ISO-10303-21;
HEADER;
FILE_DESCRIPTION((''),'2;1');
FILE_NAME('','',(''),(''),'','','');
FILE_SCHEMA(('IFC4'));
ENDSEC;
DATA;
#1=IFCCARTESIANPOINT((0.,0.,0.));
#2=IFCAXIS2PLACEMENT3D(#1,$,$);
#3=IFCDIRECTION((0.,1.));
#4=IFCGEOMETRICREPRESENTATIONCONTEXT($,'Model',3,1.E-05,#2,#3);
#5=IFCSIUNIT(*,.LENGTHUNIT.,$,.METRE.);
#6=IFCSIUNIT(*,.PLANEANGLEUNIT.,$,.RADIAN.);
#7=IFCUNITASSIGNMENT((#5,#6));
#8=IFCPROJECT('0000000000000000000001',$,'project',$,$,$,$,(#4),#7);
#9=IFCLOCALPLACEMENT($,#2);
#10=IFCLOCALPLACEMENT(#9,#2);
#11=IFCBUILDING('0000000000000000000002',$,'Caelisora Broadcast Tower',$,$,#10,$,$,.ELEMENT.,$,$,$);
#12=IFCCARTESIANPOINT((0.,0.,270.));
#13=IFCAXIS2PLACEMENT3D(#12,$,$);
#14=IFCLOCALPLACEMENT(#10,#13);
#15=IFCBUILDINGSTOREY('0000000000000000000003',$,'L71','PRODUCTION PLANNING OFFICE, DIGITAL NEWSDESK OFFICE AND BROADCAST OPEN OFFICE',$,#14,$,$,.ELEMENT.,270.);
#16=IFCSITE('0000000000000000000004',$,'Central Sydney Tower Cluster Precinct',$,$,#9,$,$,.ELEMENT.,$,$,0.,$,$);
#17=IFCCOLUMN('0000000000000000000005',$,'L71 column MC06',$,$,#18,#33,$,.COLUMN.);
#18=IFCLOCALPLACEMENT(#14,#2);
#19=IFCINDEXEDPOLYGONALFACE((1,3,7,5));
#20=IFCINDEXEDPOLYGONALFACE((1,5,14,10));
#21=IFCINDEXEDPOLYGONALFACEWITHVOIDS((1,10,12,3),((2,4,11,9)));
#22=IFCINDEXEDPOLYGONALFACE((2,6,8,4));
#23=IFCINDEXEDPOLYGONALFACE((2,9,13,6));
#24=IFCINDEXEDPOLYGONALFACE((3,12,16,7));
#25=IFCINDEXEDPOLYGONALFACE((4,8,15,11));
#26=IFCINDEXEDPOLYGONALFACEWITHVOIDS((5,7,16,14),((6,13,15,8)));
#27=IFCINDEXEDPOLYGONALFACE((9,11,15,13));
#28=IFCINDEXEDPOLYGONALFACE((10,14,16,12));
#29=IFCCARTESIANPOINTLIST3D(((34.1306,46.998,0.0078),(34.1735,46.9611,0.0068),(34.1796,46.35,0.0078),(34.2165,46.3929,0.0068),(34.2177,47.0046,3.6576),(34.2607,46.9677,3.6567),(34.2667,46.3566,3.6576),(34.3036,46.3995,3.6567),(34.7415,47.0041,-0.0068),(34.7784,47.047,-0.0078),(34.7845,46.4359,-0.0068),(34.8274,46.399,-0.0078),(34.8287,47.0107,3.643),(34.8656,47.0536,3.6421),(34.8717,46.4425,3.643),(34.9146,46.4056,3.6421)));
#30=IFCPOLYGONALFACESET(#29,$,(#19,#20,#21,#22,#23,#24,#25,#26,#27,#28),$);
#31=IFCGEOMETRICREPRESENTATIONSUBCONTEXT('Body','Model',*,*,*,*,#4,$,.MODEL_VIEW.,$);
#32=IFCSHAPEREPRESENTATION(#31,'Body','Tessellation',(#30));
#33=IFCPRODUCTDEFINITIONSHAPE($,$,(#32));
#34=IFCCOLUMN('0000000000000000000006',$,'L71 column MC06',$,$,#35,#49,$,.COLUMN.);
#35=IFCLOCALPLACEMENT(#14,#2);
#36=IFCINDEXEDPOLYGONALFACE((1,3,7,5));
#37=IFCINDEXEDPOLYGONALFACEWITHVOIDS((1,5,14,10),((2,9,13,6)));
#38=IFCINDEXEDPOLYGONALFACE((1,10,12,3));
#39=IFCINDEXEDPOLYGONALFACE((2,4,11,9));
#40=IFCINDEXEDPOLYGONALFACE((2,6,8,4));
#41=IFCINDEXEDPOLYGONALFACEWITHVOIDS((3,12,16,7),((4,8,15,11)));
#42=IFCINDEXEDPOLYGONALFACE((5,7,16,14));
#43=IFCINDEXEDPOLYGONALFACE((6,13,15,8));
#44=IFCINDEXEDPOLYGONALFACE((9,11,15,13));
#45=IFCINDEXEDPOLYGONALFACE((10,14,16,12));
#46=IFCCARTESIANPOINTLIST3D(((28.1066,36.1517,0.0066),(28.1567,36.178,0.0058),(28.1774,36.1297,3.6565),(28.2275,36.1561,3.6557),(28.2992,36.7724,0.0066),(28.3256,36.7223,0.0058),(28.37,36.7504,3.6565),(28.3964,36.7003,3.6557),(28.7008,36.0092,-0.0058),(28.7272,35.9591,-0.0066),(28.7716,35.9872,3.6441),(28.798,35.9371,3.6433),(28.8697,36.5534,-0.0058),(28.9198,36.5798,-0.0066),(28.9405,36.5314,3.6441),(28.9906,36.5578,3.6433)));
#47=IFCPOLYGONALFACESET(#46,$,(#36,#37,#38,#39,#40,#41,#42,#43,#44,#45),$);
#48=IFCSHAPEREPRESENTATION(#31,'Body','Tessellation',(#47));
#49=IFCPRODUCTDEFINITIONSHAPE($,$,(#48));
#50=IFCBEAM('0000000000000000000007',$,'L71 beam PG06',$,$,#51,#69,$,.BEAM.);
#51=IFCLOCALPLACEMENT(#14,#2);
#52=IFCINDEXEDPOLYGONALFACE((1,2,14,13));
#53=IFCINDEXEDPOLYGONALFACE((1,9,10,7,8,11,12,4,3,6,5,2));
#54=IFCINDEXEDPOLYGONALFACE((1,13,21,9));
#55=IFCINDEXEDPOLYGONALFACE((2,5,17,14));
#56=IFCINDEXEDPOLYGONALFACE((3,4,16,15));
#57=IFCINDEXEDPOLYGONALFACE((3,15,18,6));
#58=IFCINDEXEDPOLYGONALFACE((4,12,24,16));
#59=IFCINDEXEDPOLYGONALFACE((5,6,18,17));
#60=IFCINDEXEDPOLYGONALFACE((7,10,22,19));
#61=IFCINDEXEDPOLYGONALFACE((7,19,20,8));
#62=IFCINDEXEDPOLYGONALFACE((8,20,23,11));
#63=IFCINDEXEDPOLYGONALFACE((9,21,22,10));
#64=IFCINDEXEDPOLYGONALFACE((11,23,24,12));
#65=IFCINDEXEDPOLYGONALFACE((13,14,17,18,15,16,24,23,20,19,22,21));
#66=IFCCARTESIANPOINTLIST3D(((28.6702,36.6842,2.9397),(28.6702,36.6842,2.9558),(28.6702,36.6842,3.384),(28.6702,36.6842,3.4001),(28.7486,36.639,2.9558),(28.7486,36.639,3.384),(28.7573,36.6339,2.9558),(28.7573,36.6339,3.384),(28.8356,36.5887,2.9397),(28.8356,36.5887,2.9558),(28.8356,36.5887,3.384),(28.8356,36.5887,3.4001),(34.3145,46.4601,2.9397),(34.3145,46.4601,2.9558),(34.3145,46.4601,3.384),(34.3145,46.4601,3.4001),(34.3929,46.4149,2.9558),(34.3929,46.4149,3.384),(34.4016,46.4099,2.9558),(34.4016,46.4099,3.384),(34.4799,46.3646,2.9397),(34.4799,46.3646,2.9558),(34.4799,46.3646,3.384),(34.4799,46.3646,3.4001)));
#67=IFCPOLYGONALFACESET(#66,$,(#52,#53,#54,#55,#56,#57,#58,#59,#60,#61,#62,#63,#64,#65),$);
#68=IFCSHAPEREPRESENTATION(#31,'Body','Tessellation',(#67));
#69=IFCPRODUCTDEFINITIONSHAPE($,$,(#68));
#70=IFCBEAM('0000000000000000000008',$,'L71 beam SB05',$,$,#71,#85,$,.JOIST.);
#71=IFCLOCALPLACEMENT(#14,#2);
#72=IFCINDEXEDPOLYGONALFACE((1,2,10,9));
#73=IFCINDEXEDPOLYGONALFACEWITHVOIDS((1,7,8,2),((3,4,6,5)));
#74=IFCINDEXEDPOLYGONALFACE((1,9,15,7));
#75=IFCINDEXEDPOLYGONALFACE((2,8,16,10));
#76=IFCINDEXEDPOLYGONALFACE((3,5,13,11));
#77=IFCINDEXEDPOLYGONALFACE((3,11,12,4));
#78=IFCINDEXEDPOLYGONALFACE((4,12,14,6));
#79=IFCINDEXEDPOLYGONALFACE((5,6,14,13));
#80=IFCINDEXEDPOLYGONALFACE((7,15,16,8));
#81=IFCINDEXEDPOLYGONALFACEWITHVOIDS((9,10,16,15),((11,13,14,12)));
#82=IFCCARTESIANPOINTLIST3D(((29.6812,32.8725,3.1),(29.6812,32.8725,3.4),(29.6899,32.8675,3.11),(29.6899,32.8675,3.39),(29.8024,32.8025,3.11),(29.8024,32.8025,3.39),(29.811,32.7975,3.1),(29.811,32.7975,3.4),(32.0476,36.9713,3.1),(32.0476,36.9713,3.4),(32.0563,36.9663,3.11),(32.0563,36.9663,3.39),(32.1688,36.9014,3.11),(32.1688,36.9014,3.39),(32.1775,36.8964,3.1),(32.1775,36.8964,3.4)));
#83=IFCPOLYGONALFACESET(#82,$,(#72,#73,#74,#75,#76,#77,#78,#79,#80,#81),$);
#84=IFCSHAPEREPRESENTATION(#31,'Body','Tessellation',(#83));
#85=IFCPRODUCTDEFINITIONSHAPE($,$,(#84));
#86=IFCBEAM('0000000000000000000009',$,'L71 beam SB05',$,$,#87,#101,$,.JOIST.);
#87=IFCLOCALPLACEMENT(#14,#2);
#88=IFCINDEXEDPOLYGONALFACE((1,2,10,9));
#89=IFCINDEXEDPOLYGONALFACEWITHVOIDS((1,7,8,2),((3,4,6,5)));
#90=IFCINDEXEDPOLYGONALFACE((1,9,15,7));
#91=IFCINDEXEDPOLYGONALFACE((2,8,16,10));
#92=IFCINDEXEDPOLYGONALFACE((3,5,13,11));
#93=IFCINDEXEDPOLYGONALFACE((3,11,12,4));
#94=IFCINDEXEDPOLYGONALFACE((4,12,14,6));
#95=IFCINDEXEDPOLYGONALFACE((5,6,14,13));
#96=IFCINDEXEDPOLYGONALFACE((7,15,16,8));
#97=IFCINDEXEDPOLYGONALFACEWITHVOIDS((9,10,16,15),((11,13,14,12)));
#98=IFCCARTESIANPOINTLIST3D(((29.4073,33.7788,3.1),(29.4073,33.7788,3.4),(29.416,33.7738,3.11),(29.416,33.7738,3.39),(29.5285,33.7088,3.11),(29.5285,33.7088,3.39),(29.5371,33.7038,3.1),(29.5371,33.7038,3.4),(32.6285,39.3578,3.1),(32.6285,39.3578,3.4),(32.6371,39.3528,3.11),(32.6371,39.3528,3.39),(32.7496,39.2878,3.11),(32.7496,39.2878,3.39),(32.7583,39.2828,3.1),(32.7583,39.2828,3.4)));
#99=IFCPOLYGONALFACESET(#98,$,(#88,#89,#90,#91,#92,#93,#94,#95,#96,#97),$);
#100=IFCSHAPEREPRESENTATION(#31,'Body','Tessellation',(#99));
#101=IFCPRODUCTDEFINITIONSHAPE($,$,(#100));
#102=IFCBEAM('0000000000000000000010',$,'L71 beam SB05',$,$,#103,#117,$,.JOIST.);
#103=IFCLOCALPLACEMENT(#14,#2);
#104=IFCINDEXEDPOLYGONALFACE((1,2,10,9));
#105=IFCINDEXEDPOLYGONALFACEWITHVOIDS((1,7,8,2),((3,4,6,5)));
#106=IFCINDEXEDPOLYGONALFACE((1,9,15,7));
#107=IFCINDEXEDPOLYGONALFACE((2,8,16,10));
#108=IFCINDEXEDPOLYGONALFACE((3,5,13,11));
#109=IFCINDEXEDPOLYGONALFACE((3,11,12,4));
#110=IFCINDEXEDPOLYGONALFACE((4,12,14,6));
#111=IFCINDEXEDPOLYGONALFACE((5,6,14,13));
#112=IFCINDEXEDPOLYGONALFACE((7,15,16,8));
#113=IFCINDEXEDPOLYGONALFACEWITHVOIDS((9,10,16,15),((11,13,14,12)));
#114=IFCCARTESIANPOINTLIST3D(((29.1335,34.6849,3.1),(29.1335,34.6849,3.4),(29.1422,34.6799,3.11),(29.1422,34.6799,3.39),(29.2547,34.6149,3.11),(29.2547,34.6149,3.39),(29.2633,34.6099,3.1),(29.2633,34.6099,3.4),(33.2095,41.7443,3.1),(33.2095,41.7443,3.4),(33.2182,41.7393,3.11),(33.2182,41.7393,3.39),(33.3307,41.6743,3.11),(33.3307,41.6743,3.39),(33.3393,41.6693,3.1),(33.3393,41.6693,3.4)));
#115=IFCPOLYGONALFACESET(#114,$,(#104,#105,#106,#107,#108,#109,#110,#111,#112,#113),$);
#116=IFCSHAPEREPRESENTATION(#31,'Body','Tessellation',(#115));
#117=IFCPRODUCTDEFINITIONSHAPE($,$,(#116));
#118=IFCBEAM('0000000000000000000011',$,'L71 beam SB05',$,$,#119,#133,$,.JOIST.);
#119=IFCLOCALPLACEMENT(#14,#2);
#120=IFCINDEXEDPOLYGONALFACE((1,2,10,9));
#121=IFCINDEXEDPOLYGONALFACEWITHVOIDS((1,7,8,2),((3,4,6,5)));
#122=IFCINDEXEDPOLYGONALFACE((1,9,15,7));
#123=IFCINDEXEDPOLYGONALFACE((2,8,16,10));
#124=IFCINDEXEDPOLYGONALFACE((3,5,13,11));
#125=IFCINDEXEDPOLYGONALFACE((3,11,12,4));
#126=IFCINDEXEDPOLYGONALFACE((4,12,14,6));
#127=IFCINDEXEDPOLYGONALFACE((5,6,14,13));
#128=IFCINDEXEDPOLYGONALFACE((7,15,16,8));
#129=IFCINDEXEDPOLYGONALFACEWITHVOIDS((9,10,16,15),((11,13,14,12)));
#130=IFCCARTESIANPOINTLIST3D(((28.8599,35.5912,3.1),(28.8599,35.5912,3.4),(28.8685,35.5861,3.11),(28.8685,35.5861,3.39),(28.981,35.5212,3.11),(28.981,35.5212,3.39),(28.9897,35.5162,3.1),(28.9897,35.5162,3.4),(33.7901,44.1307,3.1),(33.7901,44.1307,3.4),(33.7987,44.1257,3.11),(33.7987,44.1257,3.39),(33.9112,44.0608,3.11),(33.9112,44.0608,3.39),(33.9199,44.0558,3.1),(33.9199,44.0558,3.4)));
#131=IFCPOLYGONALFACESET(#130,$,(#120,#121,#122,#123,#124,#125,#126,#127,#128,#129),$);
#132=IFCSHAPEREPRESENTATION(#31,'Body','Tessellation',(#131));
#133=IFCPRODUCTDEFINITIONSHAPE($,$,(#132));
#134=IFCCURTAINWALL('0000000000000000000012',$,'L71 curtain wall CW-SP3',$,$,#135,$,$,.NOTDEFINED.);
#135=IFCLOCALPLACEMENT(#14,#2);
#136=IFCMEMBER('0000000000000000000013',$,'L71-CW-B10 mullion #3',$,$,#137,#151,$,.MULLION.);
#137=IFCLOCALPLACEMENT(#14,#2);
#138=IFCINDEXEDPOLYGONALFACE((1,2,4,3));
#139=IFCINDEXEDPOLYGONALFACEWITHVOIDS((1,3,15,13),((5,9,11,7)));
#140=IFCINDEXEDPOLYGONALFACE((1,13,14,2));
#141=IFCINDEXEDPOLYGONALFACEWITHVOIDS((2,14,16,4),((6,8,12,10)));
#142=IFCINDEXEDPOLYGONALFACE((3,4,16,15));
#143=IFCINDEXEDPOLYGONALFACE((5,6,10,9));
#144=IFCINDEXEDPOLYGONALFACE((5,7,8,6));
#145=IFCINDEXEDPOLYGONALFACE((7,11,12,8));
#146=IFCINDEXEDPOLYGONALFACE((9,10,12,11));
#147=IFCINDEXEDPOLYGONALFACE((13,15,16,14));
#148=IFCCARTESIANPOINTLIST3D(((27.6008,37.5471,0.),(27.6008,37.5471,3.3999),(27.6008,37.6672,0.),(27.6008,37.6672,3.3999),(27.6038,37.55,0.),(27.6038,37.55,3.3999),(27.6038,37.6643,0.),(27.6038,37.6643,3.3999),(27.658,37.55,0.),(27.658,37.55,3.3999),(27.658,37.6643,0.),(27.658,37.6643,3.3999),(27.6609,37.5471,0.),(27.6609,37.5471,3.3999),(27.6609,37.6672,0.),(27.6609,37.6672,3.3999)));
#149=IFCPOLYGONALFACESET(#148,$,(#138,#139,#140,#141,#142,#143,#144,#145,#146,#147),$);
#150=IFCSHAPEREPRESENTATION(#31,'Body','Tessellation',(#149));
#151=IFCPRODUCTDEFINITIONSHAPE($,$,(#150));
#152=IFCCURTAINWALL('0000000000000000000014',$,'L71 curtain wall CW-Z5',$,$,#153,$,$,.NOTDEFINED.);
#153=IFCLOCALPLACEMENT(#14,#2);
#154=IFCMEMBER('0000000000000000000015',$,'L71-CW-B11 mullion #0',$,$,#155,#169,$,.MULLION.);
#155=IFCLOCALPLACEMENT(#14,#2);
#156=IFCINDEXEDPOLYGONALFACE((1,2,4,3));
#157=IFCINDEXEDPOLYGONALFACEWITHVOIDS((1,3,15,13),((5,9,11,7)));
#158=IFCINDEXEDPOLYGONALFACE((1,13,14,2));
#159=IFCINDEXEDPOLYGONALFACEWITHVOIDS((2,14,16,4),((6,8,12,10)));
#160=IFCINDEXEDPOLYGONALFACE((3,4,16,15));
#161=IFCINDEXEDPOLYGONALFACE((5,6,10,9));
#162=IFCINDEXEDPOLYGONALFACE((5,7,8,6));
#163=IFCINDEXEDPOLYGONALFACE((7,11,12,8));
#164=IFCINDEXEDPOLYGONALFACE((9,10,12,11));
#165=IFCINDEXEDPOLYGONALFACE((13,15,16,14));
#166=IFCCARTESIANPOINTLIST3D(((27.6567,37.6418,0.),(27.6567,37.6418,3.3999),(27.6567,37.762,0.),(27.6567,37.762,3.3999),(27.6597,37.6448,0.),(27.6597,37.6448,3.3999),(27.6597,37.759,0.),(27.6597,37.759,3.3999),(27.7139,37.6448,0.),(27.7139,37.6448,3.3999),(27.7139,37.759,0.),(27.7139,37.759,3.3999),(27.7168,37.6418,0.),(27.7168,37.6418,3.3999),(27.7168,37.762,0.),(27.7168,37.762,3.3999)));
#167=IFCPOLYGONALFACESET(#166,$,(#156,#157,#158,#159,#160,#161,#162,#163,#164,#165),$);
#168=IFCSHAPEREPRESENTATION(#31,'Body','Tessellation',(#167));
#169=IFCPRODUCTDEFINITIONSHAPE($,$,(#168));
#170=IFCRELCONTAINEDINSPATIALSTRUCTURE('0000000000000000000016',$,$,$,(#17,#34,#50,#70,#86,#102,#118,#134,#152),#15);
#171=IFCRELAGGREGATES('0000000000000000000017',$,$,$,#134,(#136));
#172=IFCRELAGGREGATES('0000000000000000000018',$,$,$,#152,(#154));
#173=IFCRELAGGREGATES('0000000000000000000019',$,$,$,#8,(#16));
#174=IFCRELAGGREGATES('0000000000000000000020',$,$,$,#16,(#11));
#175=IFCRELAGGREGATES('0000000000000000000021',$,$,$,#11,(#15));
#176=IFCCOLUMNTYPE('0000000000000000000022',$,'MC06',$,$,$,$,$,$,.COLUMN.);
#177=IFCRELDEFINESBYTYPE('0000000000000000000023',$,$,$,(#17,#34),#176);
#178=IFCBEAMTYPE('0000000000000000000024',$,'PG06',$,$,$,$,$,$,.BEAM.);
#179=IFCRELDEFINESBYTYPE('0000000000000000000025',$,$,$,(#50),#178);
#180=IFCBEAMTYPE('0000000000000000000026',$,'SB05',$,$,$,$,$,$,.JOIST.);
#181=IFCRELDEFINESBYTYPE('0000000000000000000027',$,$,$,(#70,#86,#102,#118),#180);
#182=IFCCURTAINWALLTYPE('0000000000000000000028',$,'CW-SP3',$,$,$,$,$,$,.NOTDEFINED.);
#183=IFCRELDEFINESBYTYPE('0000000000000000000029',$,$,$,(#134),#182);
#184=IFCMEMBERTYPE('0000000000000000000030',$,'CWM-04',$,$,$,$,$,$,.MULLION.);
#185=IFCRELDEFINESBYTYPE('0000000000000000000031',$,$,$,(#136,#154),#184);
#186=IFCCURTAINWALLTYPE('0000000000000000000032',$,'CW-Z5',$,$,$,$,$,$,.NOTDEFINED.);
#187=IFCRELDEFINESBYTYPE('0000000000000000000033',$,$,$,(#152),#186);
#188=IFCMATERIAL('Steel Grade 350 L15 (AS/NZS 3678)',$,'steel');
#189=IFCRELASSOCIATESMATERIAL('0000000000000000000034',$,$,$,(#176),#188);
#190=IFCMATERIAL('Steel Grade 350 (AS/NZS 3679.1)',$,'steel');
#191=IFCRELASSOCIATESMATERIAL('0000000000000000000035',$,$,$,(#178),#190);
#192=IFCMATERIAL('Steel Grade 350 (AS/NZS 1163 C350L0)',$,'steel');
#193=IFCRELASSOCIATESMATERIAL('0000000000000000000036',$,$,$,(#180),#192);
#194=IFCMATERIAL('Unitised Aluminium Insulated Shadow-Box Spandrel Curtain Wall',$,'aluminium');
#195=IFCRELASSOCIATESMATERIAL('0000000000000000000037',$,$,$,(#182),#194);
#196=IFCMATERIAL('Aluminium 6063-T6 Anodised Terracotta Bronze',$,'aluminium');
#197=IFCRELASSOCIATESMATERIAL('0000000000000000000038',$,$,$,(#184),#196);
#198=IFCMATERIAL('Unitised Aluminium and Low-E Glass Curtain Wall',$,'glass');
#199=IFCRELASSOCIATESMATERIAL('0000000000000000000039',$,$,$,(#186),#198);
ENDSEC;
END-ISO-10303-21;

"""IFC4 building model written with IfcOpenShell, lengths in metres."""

from ifc_helpers import new_model, si_unit, direction, frame, origin, origin_2d, place, context, subcontext, project, spatial, hollow_rectangle, i_section, extrude, source, transform, mapped, material, material_profile, profile_set, type_object, type_shapes, element, aggregate, save


model = new_model("IFC4")

# Units and contexts
model_context = context("Model", 3, precision=1e-05, world=origin(), true_north=direction((0.0, 1.0)))
body_context = subcontext(model_context, "Body", "Model", "MODEL_VIEW")
ifc_project = project(units=[si_unit("LENGTHUNIT", "METRE"), si_unit("PLANEANGLEUNIT", "RADIAN")], contexts=[model_context])

# Site, building, storey
site_placement = place(None, origin())
site = spatial("IfcSite", under=ifc_project, at=site_placement, Name="Central Sydney Tower Cluster Precinct", CompositionType="ELEMENT", RefElevation=0.0)
building_placement = place(site_placement, origin())
building = spatial("IfcBuilding", under=site, at=building_placement, Name="Caelisora Broadcast Tower", CompositionType="ELEMENT")
storey_placement = place(building_placement, frame((0.0, 0.0, 270.0)))
storey = spatial("IfcBuildingStorey", under=building, at=storey_placement, Name="L71", Description="PRODUCTION PLANNING OFFICE, DIGITAL NEWSDESK OFFICE AND BROADCAST OPEN OFFICE", CompositionType="ELEMENT", Elevation=270.0)

# Columns
ifc_material_1 = material(Name="Steel Grade 350 L15 (AS/NZS 3678)", Category="steel")
ifc_material_profile_1 = material_profile(ifc_material_1, hollow_rectangle(XDim=0.6499, YDim=0.6499, WallThickness=0.04, at=origin_2d()), Name="Steel Grade 350 L15 (AS/NZS 3678)")
ifc_profile_set_1 = profile_set([ifc_material_profile_1], Name="Steel Grade 350 L15 (AS/NZS 3678)")
column_type = type_object("IfcColumnType", Name="MC06", PredefinedType="COLUMN", material=ifc_profile_set_1)
shared_shape_1 = source(origin(), body_context, "Body", "SweptSolid", [
    extrude(hollow_rectangle(XDim=0.6499, YDim=0.6499, WallThickness=0.04, at=origin_2d()), origin(), (0.0, 0.0, 1.0), 3.6509),
])
column_1_placement = place(storey_placement, frame((34.479, 46.6985, 0.0), z_axis=(0.023873, 0.001806, 0.999713), x_axis=(-0.075415, 0.997152, 0.0)))
element("IfcColumn", 1, at=column_1_placement, inside=storey, type_object=column_type, Name="L71 column MC06", PredefinedType="COLUMN", context=body_context, shape_type="MappedRepresentation", body=[
    mapped(shared_shape_1, transform((0.0, 0.0, 0.0), scale=1.0)),
])
shared_shape_2 = source(origin(), body_context, "Body", "SweptSolid", [
    extrude(hollow_rectangle(XDim=0.6499, YDim=0.6499, WallThickness=0.04, at=origin_2d()), origin(), (0.0, 0.0, 1.0), 3.6506),
])
type_shapes(column_type, [shared_shape_1, shared_shape_2])
column_2_placement = place(storey_placement, frame((28.5132, 36.3657, 0.0), z_axis=(0.019394, -0.006019, 0.999794), x_axis=(0.296399, 0.955064, 0.0)))
element("IfcColumn", 2, at=column_2_placement, inside=storey, type_object=column_type, Name="L71 column MC06", PredefinedType="COLUMN", context=body_context, shape_type="MappedRepresentation", body=[
    mapped(shared_shape_2, transform((0.0, 0.0, 0.0), scale=1.0)),
])

# Beams
ifc_material_2 = material(Name="Steel Grade 350 (AS/NZS 3679.1)", Category="steel")
ifc_material_profile_2 = material_profile(ifc_material_2, i_section(OverallWidth=0.1909, OverallDepth=0.4604, WebThickness=0.01, FlangeThickness=0.0161, at=origin_2d()), Name="Steel Grade 350 (AS/NZS 3679.1)")
ifc_profile_set_2 = profile_set([ifc_material_profile_2], Name="Steel Grade 350 (AS/NZS 3679.1)")
beam_type_1 = type_object("IfcBeamType", Name="PG06", PredefinedType="BEAM", material=ifc_profile_set_2)
shared_shape_3 = source(origin(), body_context, "Body", "SweptSolid", [
    extrude(i_section(OverallWidth=0.1909, OverallDepth=0.4604, WebThickness=0.01, FlangeThickness=0.0161, at=origin_2d()), origin(), (0.0, 0.0, 1.0), 11.2883),
])
type_shapes(beam_type_1, [shared_shape_3])
beam_1_placement = place(storey_placement, frame((34.3972, 46.4124, 3.1699), z_axis=(-0.500012, -0.866018, 0.0), x_axis=(0.866018, -0.500012, 0.0)))
element("IfcBeam", 3, at=beam_1_placement, inside=storey, type_object=beam_type_1, Name="L71 beam PG06", PredefinedType="BEAM", context=body_context, shape_type="MappedRepresentation", body=[
    mapped(shared_shape_3, transform((0.0, 0.0, 0.0), scale=1.0)),
])
ifc_material_3 = material(Name="Steel Grade 350 (AS/NZS 1163 C350L0)", Category="steel")
ifc_material_profile_3 = material_profile(ifc_material_3, hollow_rectangle(XDim=0.1499, YDim=0.3, WallThickness=0.01, at=origin_2d()), Name="Steel Grade 350 (AS/NZS 1163 C350L0)")
ifc_profile_set_3 = profile_set([ifc_material_profile_3], Name="Steel Grade 350 (AS/NZS 1163 C350L0)")
beam_type_2 = type_object("IfcBeamType", Name="SB05", PredefinedType="JOIST", material=ifc_profile_set_3)
shared_shape_4 = source(origin(), body_context, "Body", "SweptSolid", [
    extrude(hollow_rectangle(XDim=0.1499, YDim=0.3, WallThickness=0.01, at=origin_2d()), origin(), (0.0, 0.0, 1.0), 4.7329),
])
beam_2_placement = place(storey_placement, frame((32.1125, 36.9338, 3.25), z_axis=(-0.499995, -0.866028, 0.0), x_axis=(0.866028, -0.499995, 0.0)))
element("IfcBeam", 4, at=beam_2_placement, inside=storey, type_object=beam_type_2, Name="L71 beam SB05", PredefinedType="JOIST", context=body_context, shape_type="MappedRepresentation", body=[
    mapped(shared_shape_4, transform((0.0, 0.0, 0.0), scale=1.0)),
])
shared_shape_5 = source(origin(), body_context, "Body", "SweptSolid", [
    extrude(hollow_rectangle(XDim=0.1499, YDim=0.3, WallThickness=0.01, at=origin_2d()), origin(), (0.0, 0.0, 1.0), 6.4421),
])
beam_3_placement = place(storey_placement, frame((32.6934, 39.3203, 3.25), z_axis=(-0.500011, -0.866019, 0.0), x_axis=(0.866019, -0.500011, 0.0)))
element("IfcBeam", 5, at=beam_3_placement, inside=storey, type_object=beam_type_2, Name="L71 beam SB05", PredefinedType="JOIST", context=body_context, shape_type="MappedRepresentation", body=[
    mapped(shared_shape_5, transform((0.0, 0.0, 0.0), scale=1.0)),
])
shared_shape_6 = source(origin(), body_context, "Body", "SweptSolid", [
    extrude(hollow_rectangle(XDim=0.1499, YDim=0.3, WallThickness=0.01, at=origin_2d()), origin(), (0.0, 0.0, 1.0), 8.1516),
])
beam_4_placement = place(storey_placement, frame((33.2744, 41.7068, 3.25), z_axis=(-0.500021, -0.866014, 0.0), x_axis=(0.866014, -0.500021, 0.0)))
element("IfcBeam", 6, at=beam_4_placement, inside=storey, type_object=beam_type_2, Name="L71 beam SB05", PredefinedType="JOIST", context=body_context, shape_type="MappedRepresentation", body=[
    mapped(shared_shape_6, transform((0.0, 0.0, 0.0), scale=1.0)),
])
shared_shape_7 = source(origin(), body_context, "Body", "SweptSolid", [
    extrude(hollow_rectangle(XDim=0.1499, YDim=0.3, WallThickness=0.01, at=origin_2d()), origin(), (0.0, 0.0, 1.0), 9.8606),
])
type_shapes(beam_type_2, [shared_shape_4, shared_shape_5, shared_shape_6, shared_shape_7])
beam_5_placement = place(storey_placement, frame((33.855, 44.0933, 3.25), z_axis=(-0.49999, -0.866031, 0.0), x_axis=(0.866031, -0.49999, 0.0)))
element("IfcBeam", 7, at=beam_5_placement, inside=storey, type_object=beam_type_2, Name="L71 beam SB05", PredefinedType="JOIST", context=body_context, shape_type="MappedRepresentation", body=[
    mapped(shared_shape_7, transform((0.0, 0.0, 0.0), scale=1.0)),
])

# Curtain wall, member
ifc_material_4 = material(Name="Unitised Aluminium Insulated Shadow-Box Spandrel Curtain Wall", Category="aluminium")
curtain_wall_type_1 = type_object("IfcCurtainWallType", Name="CW-SP3", PredefinedType="NOTDEFINED", material=ifc_material_4)
curtain_wall_1_placement = place(storey_placement, origin())
curtain_wall_1 = element("IfcCurtainWall", 8, at=curtain_wall_1_placement, inside=storey, type_object=curtain_wall_type_1, Name="L71 curtain wall CW-SP3", PredefinedType="NOTDEFINED")
ifc_material_5 = material(Name="Aluminium 6063-T6 Anodised Terracotta Bronze", Category="aluminium")
ifc_material_profile_4 = material_profile(ifc_material_5, hollow_rectangle(XDim=0.0601, YDim=0.1201, WallThickness=0.0029, at=origin_2d()), Name="Aluminium 6063-T6 Anodised Terracotta Bronze")
ifc_profile_set_4 = profile_set([ifc_material_profile_4], Name="Aluminium 6063-T6 Anodised Terracotta Bronze")
member_type_1 = type_object("IfcMemberType", Name="CWM-04", PredefinedType="MULLION", material=ifc_profile_set_4)
shared_shape_8 = source(origin(), body_context, "Body", "SweptSolid", [
    extrude(hollow_rectangle(XDim=0.0601, YDim=0.1201, WallThickness=0.0029, at=origin_2d()), origin(), (0.0, 0.0, 1.0), 3.3999),
])
type_shapes(member_type_1, [shared_shape_8])
member_1_placement = place(storey_placement, frame((27.6309, 37.6072, 0.0), z_axis=(0.0, 0.0, 1.0), x_axis=(1.0, 0.0, 0.0)))
member_1 = element("IfcMember", 9, at=member_1_placement, type_object=member_type_1, Name="L71-CW-B10 mullion #3", PredefinedType="MULLION", context=body_context, shape_type="MappedRepresentation", body=[
    mapped(shared_shape_8, transform((0.0, 0.0, 0.0), scale=1.0)),
])
aggregate(curtain_wall_1, [member_1])

# Curtain wall, member
ifc_material_6 = material(Name="Unitised Aluminium and Low-E Glass Curtain Wall", Category="glass")
curtain_wall_type_2 = type_object("IfcCurtainWallType", Name="CW-Z5", PredefinedType="NOTDEFINED", material=ifc_material_6)
curtain_wall_2_placement = place(storey_placement, origin())
curtain_wall_2 = element("IfcCurtainWall", 10, at=curtain_wall_2_placement, inside=storey, type_object=curtain_wall_type_2, Name="L71 curtain wall CW-Z5", PredefinedType="NOTDEFINED")
member_2_placement = place(storey_placement, frame((27.6868, 37.7019, 0.0), z_axis=(0.0, 0.0, 1.0), x_axis=(1.0, 0.0, 0.0)))
member_2 = element("IfcMember", 11, at=member_2_placement, type_object=member_type_1, Name="L71-CW-B11 mullion #0", PredefinedType="MULLION", context=body_context, shape_type="MappedRepresentation", body=[
    mapped(shared_shape_8, transform((0.0, 0.0, 0.0), scale=1.0)),
])

aggregate(curtain_wall_2, [member_2])

save(model, "model.ifc")
